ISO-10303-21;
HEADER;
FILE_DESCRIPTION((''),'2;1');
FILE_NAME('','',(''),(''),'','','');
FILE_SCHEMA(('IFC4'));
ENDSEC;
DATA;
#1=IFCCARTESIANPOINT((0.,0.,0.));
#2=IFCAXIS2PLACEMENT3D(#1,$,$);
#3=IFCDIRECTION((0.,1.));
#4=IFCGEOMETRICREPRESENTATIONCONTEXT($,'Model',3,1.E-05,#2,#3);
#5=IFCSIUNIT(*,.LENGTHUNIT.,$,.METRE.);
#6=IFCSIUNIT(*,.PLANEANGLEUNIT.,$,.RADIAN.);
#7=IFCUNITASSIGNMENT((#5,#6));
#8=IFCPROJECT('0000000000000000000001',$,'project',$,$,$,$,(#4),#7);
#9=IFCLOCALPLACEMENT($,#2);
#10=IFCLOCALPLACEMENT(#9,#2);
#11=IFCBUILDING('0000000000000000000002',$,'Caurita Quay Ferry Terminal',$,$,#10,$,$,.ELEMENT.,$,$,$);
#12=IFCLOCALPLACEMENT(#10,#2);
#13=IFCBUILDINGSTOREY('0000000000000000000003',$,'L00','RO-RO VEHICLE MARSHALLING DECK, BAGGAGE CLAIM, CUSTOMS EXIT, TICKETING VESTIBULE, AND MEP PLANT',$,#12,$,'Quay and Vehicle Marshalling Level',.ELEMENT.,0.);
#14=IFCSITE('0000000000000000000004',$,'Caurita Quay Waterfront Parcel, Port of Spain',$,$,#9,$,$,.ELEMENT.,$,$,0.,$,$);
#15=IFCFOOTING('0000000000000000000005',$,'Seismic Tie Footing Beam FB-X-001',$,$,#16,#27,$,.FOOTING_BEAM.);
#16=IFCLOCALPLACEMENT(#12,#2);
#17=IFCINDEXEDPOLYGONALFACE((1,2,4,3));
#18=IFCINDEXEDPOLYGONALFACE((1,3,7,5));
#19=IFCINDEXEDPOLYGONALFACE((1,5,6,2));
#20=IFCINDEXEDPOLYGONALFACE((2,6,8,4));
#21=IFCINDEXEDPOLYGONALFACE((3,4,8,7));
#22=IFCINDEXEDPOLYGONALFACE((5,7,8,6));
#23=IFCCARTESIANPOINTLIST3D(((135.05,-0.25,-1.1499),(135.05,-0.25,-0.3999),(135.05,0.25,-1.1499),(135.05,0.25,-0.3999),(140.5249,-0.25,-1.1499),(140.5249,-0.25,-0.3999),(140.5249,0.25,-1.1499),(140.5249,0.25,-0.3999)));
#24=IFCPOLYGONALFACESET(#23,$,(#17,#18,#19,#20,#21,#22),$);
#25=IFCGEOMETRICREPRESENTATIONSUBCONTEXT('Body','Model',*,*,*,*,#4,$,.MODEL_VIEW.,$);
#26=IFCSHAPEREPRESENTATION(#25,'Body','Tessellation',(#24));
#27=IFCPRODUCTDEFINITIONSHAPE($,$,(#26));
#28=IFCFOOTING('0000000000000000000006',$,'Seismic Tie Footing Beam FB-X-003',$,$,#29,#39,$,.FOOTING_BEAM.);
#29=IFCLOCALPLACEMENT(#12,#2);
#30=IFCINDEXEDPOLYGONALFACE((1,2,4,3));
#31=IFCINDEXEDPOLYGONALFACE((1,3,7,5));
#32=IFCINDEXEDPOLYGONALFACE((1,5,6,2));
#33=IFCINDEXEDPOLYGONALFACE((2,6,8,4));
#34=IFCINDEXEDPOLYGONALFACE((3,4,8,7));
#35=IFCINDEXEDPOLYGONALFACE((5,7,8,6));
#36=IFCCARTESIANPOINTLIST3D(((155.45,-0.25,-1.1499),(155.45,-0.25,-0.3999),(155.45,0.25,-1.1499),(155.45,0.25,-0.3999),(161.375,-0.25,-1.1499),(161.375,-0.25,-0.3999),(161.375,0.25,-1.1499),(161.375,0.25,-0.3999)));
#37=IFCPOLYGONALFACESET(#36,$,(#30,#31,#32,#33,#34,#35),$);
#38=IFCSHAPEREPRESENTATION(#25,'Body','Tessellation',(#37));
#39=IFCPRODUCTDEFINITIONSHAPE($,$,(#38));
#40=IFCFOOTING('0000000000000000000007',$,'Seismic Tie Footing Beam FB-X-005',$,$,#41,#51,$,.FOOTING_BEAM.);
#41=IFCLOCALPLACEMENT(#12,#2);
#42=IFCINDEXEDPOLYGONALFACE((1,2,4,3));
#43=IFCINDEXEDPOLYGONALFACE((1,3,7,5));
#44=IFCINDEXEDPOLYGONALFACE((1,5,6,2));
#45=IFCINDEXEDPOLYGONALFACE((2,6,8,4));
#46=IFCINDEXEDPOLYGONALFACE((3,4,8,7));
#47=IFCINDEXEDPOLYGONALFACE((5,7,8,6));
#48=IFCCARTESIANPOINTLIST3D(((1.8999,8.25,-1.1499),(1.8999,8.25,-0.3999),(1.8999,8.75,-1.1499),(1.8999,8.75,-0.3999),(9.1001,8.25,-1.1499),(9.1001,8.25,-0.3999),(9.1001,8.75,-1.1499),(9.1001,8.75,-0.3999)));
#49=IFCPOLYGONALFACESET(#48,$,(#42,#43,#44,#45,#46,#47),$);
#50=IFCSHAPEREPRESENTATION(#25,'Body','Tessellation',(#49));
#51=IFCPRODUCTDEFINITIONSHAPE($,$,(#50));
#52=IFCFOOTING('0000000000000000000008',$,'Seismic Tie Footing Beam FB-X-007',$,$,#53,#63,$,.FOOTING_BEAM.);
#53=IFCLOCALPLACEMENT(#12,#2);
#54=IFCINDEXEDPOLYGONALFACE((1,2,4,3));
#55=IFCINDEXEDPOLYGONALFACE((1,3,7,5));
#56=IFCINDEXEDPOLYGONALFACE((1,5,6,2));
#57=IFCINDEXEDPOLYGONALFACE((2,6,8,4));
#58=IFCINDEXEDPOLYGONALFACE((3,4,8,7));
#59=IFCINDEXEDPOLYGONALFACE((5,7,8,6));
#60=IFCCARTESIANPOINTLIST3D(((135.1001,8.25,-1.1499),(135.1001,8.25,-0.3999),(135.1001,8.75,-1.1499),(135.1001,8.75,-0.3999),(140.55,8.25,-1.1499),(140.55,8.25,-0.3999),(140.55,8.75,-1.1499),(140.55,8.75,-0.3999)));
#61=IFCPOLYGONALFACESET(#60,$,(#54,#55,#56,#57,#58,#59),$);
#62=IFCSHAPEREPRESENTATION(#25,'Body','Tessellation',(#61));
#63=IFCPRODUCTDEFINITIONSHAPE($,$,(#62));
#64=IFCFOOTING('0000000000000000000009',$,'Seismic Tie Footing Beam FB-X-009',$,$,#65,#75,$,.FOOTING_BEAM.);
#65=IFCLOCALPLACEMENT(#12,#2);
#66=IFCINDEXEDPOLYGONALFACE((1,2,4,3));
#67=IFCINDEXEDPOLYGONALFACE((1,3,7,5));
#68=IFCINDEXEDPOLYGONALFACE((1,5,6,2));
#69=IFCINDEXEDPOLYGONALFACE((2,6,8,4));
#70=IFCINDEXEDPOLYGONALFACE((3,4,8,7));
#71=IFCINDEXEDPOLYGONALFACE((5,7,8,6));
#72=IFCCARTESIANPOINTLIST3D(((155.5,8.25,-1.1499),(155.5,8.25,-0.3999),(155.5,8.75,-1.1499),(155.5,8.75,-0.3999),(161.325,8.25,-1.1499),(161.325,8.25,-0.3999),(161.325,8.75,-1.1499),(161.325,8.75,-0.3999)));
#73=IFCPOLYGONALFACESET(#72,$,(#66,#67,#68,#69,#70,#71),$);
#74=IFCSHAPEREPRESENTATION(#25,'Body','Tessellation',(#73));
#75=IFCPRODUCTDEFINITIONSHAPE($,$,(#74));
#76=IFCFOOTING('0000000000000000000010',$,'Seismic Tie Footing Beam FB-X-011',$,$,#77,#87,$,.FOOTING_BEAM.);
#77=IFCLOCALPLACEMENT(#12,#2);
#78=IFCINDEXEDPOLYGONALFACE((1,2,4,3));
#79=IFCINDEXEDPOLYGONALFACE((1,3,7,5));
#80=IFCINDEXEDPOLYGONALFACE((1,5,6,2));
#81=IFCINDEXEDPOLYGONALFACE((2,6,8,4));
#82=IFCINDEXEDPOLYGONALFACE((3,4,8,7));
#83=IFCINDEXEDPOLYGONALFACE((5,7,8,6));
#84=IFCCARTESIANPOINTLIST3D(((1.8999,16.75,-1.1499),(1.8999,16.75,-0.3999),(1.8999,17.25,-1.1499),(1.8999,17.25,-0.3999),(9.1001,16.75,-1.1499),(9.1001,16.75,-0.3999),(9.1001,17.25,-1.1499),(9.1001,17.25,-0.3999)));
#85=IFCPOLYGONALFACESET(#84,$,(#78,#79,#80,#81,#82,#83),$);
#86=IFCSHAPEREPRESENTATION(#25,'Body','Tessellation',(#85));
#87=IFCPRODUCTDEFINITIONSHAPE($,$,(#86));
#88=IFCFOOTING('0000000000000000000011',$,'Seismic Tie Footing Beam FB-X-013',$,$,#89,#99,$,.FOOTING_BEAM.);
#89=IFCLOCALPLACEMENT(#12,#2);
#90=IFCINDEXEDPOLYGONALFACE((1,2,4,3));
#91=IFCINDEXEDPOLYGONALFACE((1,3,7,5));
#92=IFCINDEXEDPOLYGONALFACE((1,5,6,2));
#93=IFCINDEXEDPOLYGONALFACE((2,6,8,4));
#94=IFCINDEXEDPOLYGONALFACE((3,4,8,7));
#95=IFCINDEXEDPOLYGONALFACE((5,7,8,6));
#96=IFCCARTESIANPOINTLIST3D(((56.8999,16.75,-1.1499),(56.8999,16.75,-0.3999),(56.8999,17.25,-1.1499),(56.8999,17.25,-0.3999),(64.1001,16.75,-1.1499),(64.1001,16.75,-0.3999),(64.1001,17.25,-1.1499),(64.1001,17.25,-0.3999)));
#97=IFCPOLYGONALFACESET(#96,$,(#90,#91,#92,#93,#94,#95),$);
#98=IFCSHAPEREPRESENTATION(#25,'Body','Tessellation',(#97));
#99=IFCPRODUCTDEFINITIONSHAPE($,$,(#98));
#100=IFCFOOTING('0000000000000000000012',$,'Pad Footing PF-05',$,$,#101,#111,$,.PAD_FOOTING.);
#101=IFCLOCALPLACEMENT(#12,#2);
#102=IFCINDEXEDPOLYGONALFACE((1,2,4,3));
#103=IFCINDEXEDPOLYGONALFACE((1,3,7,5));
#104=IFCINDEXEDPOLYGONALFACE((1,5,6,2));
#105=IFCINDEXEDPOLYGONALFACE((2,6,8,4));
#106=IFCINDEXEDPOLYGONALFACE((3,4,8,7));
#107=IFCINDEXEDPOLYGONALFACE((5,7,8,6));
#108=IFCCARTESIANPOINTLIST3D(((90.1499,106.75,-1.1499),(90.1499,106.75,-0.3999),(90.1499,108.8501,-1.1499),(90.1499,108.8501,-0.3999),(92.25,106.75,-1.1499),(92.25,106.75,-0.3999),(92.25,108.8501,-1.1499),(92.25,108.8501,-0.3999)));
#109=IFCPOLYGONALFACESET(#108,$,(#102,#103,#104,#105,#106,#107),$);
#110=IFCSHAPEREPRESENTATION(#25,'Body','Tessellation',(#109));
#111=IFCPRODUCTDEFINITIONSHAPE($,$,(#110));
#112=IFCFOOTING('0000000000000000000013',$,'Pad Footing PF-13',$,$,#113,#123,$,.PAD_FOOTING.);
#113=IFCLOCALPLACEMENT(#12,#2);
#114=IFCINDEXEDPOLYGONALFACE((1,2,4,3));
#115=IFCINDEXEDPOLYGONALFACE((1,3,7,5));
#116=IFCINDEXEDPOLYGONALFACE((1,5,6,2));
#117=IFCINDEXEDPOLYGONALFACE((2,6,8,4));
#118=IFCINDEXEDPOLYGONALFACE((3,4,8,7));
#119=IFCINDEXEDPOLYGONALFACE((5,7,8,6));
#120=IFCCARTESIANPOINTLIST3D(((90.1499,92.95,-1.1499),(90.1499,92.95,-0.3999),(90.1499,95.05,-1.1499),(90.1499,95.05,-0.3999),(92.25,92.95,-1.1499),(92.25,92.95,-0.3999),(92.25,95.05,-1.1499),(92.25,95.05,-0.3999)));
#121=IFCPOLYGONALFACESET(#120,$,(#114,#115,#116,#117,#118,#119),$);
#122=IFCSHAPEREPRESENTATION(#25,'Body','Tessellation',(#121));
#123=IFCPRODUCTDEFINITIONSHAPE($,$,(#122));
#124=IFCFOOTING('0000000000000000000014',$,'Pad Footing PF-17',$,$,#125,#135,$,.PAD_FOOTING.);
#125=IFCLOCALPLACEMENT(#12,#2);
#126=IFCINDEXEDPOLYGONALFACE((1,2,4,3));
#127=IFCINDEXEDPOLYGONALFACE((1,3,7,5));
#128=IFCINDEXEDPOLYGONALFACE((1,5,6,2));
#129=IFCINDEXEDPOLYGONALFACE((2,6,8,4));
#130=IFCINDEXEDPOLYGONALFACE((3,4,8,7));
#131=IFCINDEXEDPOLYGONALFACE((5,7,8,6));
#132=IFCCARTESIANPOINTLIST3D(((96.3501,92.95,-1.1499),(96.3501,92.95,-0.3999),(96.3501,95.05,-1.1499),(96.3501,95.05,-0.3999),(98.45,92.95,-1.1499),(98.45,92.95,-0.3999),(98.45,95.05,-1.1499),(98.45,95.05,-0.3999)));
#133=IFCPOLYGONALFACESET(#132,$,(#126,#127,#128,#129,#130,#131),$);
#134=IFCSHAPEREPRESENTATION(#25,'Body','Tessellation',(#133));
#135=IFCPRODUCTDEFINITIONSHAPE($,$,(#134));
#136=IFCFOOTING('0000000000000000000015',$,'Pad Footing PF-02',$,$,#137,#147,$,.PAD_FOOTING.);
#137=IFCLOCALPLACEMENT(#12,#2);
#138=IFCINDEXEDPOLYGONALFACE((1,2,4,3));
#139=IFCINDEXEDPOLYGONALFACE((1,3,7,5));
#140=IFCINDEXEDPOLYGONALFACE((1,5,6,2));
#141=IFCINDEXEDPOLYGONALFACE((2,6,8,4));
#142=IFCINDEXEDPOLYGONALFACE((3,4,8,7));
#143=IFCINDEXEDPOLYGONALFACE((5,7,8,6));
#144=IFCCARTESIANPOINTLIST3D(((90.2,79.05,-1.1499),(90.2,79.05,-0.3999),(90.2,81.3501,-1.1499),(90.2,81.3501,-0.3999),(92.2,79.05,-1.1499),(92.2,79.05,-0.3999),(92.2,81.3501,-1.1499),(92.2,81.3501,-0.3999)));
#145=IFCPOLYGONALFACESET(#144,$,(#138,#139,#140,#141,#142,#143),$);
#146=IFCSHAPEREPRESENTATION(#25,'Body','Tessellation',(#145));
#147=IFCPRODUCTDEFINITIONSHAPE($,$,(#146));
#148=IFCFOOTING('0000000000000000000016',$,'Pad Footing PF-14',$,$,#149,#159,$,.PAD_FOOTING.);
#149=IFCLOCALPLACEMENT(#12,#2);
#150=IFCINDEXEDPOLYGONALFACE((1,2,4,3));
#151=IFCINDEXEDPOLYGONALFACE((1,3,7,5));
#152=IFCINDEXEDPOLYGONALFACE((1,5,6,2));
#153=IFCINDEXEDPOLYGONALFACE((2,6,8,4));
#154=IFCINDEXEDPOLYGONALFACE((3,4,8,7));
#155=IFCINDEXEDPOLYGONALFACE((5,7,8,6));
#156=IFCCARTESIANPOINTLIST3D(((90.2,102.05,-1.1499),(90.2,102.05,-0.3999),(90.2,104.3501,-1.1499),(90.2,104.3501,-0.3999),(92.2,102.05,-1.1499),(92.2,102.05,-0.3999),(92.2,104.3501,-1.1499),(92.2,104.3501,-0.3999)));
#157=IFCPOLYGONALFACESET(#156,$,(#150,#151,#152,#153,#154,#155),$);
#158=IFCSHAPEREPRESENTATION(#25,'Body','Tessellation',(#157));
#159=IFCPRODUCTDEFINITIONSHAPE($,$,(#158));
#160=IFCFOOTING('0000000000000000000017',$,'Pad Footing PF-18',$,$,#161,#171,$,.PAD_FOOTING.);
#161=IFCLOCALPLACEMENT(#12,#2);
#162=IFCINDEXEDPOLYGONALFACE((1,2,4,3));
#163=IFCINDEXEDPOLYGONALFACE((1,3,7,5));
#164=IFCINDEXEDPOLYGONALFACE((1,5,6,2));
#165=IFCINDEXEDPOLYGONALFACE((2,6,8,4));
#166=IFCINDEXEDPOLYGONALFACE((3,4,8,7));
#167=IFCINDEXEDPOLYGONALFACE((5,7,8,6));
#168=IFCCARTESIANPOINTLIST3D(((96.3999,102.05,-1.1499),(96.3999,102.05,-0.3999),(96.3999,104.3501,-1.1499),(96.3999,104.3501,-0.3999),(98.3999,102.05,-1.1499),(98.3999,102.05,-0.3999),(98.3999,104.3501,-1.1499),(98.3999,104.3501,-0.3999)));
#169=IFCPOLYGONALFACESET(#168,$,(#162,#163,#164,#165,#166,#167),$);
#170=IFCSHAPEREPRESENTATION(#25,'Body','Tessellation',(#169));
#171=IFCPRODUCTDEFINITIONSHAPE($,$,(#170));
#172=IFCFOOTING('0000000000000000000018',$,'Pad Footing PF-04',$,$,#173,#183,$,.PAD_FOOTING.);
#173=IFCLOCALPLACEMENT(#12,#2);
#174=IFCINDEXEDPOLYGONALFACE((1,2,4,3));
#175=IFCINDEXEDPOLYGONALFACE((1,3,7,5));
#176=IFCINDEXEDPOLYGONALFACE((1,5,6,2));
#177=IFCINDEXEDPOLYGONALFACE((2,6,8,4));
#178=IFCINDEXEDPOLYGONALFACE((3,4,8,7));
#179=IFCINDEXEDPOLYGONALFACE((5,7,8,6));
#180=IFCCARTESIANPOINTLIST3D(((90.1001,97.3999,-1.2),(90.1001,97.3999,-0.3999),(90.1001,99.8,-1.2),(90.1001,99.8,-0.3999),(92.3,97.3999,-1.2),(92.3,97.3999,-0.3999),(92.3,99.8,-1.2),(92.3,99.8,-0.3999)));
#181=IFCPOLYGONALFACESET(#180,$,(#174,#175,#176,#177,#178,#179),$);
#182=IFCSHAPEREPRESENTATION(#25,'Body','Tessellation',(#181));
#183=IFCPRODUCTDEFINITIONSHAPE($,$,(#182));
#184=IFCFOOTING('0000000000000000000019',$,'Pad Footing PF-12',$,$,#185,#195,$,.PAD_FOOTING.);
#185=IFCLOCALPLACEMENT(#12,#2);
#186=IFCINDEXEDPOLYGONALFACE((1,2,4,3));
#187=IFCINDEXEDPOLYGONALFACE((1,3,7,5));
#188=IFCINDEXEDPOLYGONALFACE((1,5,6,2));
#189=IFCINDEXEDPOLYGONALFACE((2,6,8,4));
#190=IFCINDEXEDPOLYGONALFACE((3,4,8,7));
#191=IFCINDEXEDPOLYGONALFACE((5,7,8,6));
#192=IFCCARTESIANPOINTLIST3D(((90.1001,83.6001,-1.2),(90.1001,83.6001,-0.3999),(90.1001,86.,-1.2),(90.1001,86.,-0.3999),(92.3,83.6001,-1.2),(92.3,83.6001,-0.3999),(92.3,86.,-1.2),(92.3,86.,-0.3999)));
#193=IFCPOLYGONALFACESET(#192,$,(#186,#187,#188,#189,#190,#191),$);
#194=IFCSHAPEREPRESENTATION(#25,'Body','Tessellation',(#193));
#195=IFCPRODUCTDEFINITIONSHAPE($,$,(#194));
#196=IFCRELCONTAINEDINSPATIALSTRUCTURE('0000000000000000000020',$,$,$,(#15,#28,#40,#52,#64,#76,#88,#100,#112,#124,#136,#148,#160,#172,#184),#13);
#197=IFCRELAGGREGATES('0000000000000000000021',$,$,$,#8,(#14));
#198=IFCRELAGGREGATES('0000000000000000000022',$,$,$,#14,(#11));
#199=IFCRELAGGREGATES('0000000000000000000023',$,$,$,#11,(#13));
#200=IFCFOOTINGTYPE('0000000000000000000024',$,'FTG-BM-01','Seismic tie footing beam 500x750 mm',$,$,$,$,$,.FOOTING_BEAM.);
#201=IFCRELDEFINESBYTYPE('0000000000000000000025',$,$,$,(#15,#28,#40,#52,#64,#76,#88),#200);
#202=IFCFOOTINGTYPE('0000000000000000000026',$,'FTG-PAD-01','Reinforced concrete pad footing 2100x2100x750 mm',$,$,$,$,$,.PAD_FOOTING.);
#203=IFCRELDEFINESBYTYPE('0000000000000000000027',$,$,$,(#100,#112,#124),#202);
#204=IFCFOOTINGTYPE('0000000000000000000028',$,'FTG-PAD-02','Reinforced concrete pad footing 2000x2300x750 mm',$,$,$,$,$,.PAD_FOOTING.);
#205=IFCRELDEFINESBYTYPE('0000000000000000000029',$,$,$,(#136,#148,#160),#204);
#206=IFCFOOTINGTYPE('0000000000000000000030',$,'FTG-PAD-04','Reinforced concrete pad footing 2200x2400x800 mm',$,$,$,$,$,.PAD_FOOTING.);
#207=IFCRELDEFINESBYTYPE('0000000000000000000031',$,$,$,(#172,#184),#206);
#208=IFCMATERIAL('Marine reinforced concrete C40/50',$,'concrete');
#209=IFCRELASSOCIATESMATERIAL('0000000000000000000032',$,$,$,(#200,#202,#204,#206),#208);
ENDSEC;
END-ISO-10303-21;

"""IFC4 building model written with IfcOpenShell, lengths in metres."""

from ifc_helpers import new_model, si_unit, direction, frame, origin, place, context, subcontext, project, spatial, polyline, outline, extrude, material, type_object, element, save


model = new_model("IFC4")

# Units and contexts
model_context = context("Model", 3, precision=1e-05, world=origin(), true_north=direction((0.0, 1.0)))
body_context = subcontext(model_context, "Body", "Model", "MODEL_VIEW")
ifc_project = project(units=[si_unit("LENGTHUNIT", "METRE"), si_unit("PLANEANGLEUNIT", "RADIAN")], contexts=[model_context])

# Site, building, storey
site_placement = place(None, origin())
site = spatial("IfcSite", under=ifc_project, at=site_placement, Name="Caurita Quay Waterfront Parcel, Port of Spain", CompositionType="ELEMENT", RefElevation=0.0)
building_placement = place(site_placement, origin())
building = spatial("IfcBuilding", under=site, at=building_placement, Name="Caurita Quay Ferry Terminal", CompositionType="ELEMENT")
storey_placement = place(building_placement, origin())
storey = spatial("IfcBuildingStorey", under=building, at=storey_placement, Name="L00", Description="RO-RO VEHICLE MARSHALLING DECK, BAGGAGE CLAIM, CUSTOMS EXIT, TICKETING VESTIBULE, AND MEP PLANT", LongName="Quay and Vehicle Marshalling Level", CompositionType="ELEMENT", Elevation=0.0)

# Footings
ifc_material = material(Name="Marine reinforced concrete C40/50", Category="concrete")
footing_type_1 = type_object("IfcFootingType", Name="FTG-BM-01", Description="Seismic tie footing beam 500x750 mm", PredefinedType="FOOTING_BEAM", material=ifc_material)
footing_1_placement = place(storey_placement, frame((0.0, 0.0, -1.1499)))
element("IfcFooting", 1, at=footing_1_placement, inside=storey, type_object=footing_type_1, Name="Seismic Tie Footing Beam FB-X-001", PredefinedType="FOOTING_BEAM", context=body_context, shape_type="SweptSolid", body=[
    extrude(outline(polyline([(135.05, -0.25), (140.5249, -0.25), (140.5249, 0.25), (135.05, 0.25), (135.05, -0.25)])), origin(), (0.0, 0.0, 1.0), 0.75),
])
footing_2_placement = place(storey_placement, frame((0.0, 0.0, -1.1499)))
element("IfcFooting", 2, at=footing_2_placement, inside=storey, type_object=footing_type_1, Name="Seismic Tie Footing Beam FB-X-003", PredefinedType="FOOTING_BEAM", context=body_context, shape_type="SweptSolid", body=[
    extrude(outline(polyline([(155.45, -0.25), (161.375, -0.25), (161.375, 0.25), (155.45, 0.25), (155.45, -0.25)])), origin(), (0.0, 0.0, 1.0), 0.75),
])
footing_3_placement = place(storey_placement, frame((0.0, 0.0, -1.1499)))
element("IfcFooting", 3, at=footing_3_placement, inside=storey, type_object=footing_type_1, Name="Seismic Tie Footing Beam FB-X-005", PredefinedType="FOOTING_BEAM", context=body_context, shape_type="SweptSolid", body=[
    extrude(outline(polyline([(1.8999, 8.25), (9.1001, 8.25), (9.1001, 8.75), (1.8999, 8.75), (1.8999, 8.25)])), origin(), (0.0, 0.0, 1.0), 0.75),
])
footing_4_placement = place(storey_placement, frame((0.0, 0.0, -1.1499)))
element("IfcFooting", 4, at=footing_4_placement, inside=storey, type_object=footing_type_1, Name="Seismic Tie Footing Beam FB-X-007", PredefinedType="FOOTING_BEAM", context=body_context, shape_type="SweptSolid", body=[
    extrude(outline(polyline([(135.1001, 8.25), (140.55, 8.25), (140.55, 8.75), (135.1001, 8.75), (135.1001, 8.25)])), origin(), (0.0, 0.0, 1.0), 0.75),
])
footing_5_placement = place(storey_placement, frame((0.0, 0.0, -1.1499)))
element("IfcFooting", 5, at=footing_5_placement, inside=storey, type_object=footing_type_1, Name="Seismic Tie Footing Beam FB-X-009", PredefinedType="FOOTING_BEAM", context=body_context, shape_type="SweptSolid", body=[
    extrude(outline(polyline([(155.5, 8.25), (161.325, 8.25), (161.325, 8.75), (155.5, 8.75), (155.5, 8.25)])), origin(), (0.0, 0.0, 1.0), 0.75),
])
footing_6_placement = place(storey_placement, frame((0.0, 0.0, -1.1499)))
element("IfcFooting", 6, at=footing_6_placement, inside=storey, type_object=footing_type_1, Name="Seismic Tie Footing Beam FB-X-011", PredefinedType="FOOTING_BEAM", context=body_context, shape_type="SweptSolid", body=[
    extrude(outline(polyline([(1.8999, 16.75), (9.1001, 16.75), (9.1001, 17.25), (1.8999, 17.25), (1.8999, 16.75)])), origin(), (0.0, 0.0, 1.0), 0.75),
])
footing_7_placement = place(storey_placement, frame((0.0, 0.0, -1.1499)))
element("IfcFooting", 7, at=footing_7_placement, inside=storey, type_object=footing_type_1, Name="Seismic Tie Footing Beam FB-X-013", PredefinedType="FOOTING_BEAM", context=body_context, shape_type="SweptSolid", body=[
    extrude(outline(polyline([(56.8999, 16.75), (64.1001, 16.75), (64.1001, 17.25), (56.8999, 17.25), (56.8999, 16.75)])), origin(), (0.0, 0.0, 1.0), 0.75),
])
footing_type_2 = type_object("IfcFootingType", Name="FTG-PAD-01", Description="Reinforced concrete pad footing 2100x2100x750 mm", PredefinedType="PAD_FOOTING", material=ifc_material)
footing_8_placement = place(storey_placement, frame((0.0, 0.0, -1.1499)))
element("IfcFooting", 8, at=footing_8_placement, inside=storey, type_object=footing_type_2, Name="Pad Footing PF-05", PredefinedType="PAD_FOOTING", context=body_context, shape_type="SweptSolid", body=[
    extrude(outline(polyline([(90.1499, 106.75), (92.25, 106.75), (92.25, 108.8501), (90.1499, 108.8501), (90.1499, 106.75)])), origin(), (0.0, 0.0, 1.0), 0.75),
])
footing_9_placement = place(storey_placement, frame((0.0, 0.0, -1.1499)))
element("IfcFooting", 9, at=footing_9_placement, inside=storey, type_object=footing_type_2, Name="Pad Footing PF-13", PredefinedType="PAD_FOOTING", context=body_context, shape_type="SweptSolid", body=[
    extrude(outline(polyline([(90.1499, 92.95), (92.25, 92.95), (92.25, 95.05), (90.1499, 95.05), (90.1499, 92.95)])), origin(), (0.0, 0.0, 1.0), 0.75),
])
footing_10_placement = place(storey_placement, frame((0.0, 0.0, -1.1499)))
element("IfcFooting", 10, at=footing_10_placement, inside=storey, type_object=footing_type_2, Name="Pad Footing PF-17", PredefinedType="PAD_FOOTING", context=body_context, shape_type="SweptSolid", body=[
    extrude(outline(polyline([(96.3501, 92.95), (98.45, 92.95), (98.45, 95.05), (96.3501, 95.05), (96.3501, 92.95)])), origin(), (0.0, 0.0, 1.0), 0.75),
])
footing_type_3 = type_object("IfcFootingType", Name="FTG-PAD-02", Description="Reinforced concrete pad footing 2000x2300x750 mm", PredefinedType="PAD_FOOTING", material=ifc_material)
footing_11_placement = place(storey_placement, frame((0.0, 0.0, -1.1499)))
element("IfcFooting", 11, at=footing_11_placement, inside=storey, type_object=footing_type_3, Name="Pad Footing PF-02", PredefinedType="PAD_FOOTING", context=body_context, shape_type="SweptSolid", body=[
    extrude(outline(polyline([(90.2, 79.05), (92.2, 79.05), (92.2, 81.3501), (90.2, 81.3501), (90.2, 79.05)])), origin(), (0.0, 0.0, 1.0), 0.75),
])
footing_12_placement = place(storey_placement, frame((0.0, 0.0, -1.1499)))
element("IfcFooting", 12, at=footing_12_placement, inside=storey, type_object=footing_type_3, Name="Pad Footing PF-14", PredefinedType="PAD_FOOTING", context=body_context, shape_type="SweptSolid", body=[
    extrude(outline(polyline([(90.2, 102.05), (92.2, 102.05), (92.2, 104.3501), (90.2, 104.3501), (90.2, 102.05)])), origin(), (0.0, 0.0, 1.0), 0.75),
])
footing_13_placement = place(storey_placement, frame((0.0, 0.0, -1.1499)))
element("IfcFooting", 13, at=footing_13_placement, inside=storey, type_object=footing_type_3, Name="Pad Footing PF-18", PredefinedType="PAD_FOOTING", context=body_context, shape_type="SweptSolid", body=[
    extrude(outline(polyline([(96.3999, 102.05), (98.3999, 102.05), (98.3999, 104.3501), (96.3999, 104.3501), (96.3999, 102.05)])), origin(), (0.0, 0.0, 1.0), 0.75),
])
footing_type_4 = type_object("IfcFootingType", Name="FTG-PAD-04", Description="Reinforced concrete pad footing 2200x2400x800 mm", PredefinedType="PAD_FOOTING", material=ifc_material)
footing_14_placement = place(storey_placement, frame((0.0, 0.0, -1.2)))
element("IfcFooting", 14, at=footing_14_placement, inside=storey, type_object=footing_type_4, Name="Pad Footing PF-04", PredefinedType="PAD_FOOTING", context=body_context, shape_type="SweptSolid", body=[
    extrude(outline(polyline([(90.1001, 97.3999), (92.3, 97.3999), (92.3, 99.8), (90.1001, 99.8), (90.1001, 97.3999)])), origin(), (0.0, 0.0, 1.0), 0.8),
])
footing_15_placement = place(storey_placement, frame((0.0, 0.0, -1.2)))
element("IfcFooting", 15, at=footing_15_placement, inside=storey, type_object=footing_type_4, Name="Pad Footing PF-12", PredefinedType="PAD_FOOTING", context=body_context, shape_type="SweptSolid", body=[
    extrude(outline(polyline([(90.1001, 83.6001), (92.3, 83.6001), (92.3, 86.0), (90.1001, 86.0), (90.1001, 83.6001)])), origin(), (0.0, 0.0, 1.0), 0.8),
])

save(model, "model.ifc")
